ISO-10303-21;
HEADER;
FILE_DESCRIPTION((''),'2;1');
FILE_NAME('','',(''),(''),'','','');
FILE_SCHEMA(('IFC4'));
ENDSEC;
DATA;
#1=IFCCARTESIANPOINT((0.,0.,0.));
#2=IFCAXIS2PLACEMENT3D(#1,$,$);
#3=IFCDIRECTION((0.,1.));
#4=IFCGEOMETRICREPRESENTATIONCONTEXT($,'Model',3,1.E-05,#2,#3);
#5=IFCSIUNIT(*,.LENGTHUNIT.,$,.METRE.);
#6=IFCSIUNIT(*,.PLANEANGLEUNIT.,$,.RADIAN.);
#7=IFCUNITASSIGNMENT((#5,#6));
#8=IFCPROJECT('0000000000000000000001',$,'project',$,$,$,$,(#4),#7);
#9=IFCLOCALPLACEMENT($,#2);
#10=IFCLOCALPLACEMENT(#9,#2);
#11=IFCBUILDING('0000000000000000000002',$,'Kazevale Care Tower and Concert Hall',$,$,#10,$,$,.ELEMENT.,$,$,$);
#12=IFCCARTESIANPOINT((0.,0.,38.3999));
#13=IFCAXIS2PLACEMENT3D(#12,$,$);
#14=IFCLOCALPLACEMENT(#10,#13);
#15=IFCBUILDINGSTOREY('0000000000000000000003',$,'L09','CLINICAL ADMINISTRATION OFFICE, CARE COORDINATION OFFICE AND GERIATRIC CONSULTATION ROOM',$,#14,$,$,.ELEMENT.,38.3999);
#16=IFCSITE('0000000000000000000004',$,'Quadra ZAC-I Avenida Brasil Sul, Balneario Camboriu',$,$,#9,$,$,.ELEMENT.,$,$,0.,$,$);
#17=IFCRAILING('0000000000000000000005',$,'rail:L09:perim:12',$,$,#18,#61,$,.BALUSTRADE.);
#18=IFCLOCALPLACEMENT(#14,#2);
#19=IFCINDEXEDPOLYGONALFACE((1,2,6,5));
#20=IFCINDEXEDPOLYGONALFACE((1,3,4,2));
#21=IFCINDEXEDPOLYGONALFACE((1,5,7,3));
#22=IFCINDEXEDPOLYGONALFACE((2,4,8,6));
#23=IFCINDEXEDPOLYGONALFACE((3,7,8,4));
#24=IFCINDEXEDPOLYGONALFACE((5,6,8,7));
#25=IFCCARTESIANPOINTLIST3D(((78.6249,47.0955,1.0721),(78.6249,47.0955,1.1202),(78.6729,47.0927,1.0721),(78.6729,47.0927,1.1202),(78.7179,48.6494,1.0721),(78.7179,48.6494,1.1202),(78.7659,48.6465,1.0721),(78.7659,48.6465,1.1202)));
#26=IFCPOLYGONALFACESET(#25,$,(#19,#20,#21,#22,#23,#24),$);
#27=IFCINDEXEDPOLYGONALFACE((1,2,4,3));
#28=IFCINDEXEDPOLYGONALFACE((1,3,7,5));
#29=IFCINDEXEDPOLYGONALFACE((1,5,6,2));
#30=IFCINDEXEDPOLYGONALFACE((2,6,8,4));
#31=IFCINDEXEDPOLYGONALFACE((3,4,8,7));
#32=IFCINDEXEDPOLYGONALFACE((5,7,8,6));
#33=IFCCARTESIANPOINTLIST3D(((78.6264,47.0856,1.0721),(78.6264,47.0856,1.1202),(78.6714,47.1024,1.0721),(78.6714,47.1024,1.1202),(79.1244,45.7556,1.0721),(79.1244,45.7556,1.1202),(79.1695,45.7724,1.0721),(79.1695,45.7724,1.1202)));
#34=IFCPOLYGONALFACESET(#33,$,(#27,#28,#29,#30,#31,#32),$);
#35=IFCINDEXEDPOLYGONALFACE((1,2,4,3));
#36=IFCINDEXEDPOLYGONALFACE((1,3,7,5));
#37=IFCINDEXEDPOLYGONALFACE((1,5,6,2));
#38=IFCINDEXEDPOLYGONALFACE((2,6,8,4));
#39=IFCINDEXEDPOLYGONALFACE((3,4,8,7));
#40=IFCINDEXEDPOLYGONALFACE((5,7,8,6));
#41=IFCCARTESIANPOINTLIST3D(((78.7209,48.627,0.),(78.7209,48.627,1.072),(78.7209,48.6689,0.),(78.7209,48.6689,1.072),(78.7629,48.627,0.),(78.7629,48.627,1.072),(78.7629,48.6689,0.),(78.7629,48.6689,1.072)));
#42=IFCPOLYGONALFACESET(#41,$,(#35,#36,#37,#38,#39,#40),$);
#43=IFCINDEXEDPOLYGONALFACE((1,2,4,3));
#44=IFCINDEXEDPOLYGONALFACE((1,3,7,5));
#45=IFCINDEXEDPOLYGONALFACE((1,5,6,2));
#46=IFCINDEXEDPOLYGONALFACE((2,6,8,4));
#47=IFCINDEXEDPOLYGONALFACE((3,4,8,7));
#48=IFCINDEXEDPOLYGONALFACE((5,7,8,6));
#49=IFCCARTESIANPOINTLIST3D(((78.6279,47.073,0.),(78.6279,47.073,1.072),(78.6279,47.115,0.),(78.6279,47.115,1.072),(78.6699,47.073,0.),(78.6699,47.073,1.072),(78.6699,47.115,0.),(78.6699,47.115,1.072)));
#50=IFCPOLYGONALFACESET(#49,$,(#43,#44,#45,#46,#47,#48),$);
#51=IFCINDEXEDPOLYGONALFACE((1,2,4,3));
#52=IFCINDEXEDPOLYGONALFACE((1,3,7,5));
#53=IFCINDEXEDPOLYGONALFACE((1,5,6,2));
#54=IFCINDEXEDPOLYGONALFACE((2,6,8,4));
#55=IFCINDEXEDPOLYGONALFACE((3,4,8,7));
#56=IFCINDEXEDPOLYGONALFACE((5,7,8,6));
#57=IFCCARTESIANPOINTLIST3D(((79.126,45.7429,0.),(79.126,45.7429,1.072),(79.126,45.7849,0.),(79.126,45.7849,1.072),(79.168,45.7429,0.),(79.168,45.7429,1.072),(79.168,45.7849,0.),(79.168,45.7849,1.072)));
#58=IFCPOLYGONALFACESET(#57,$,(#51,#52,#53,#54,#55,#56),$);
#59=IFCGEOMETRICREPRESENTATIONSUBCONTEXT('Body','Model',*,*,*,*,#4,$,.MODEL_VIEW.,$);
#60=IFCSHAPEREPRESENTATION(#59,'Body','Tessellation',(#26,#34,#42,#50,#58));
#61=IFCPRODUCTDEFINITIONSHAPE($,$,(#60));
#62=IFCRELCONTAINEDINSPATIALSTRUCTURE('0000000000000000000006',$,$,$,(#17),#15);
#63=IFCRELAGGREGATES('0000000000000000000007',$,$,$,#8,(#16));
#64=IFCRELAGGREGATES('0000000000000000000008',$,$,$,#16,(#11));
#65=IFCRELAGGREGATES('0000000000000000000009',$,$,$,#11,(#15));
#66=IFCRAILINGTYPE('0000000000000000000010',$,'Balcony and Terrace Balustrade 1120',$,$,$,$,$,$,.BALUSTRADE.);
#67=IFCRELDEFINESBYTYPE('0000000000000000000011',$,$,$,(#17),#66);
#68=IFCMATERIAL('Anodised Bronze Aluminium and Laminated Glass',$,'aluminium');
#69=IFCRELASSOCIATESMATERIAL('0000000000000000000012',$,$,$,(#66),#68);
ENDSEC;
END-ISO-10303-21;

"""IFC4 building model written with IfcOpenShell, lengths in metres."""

from ifc_helpers import new_model, si_unit, direction, frame, origin, origin_2d, place, context, subcontext, project, spatial, rectangle, extrude, material, type_object, element, save


model = new_model("IFC4")

# Units and contexts
model_context = context("Model", 3, precision=1e-05, world=origin(), true_north=direction((0.0, 1.0)))
body_context = subcontext(model_context, "Body", "Model", "MODEL_VIEW")
ifc_project = project(units=[si_unit("LENGTHUNIT", "METRE"), si_unit("PLANEANGLEUNIT", "RADIAN")], contexts=[model_context])

# Site, building, storey
site_placement = place(None, origin())
site = spatial("IfcSite", under=ifc_project, at=site_placement, Name="Quadra ZAC-I Avenida Brasil Sul, Balneario Camboriu", CompositionType="ELEMENT", RefElevation=0.0)
building_placement = place(site_placement, origin())
building = spatial("IfcBuilding", under=site, at=building_placement, Name="Kazevale Care Tower and Concert Hall", CompositionType="ELEMENT")
storey_placement = place(building_placement, frame((0.0, 0.0, 38.3999)))
storey = spatial("IfcBuildingStorey", under=building, at=storey_placement, Name="L09", Description="CLINICAL ADMINISTRATION OFFICE, CARE COORDINATION OFFICE AND GERIATRIC CONSULTATION ROOM", CompositionType="ELEMENT", Elevation=38.3999)

# Railing
ifc_material_1 = material(Name="Anodised Bronze Aluminium and Laminated Glass", Category="aluminium")
railing_type = type_object("IfcRailingType", Name="Balcony and Terrace Balustrade 1120", PredefinedType="BALUSTRADE", material=ifc_material_1)
railing_1_placement = place(storey_placement, frame((78.7419, 48.6479, 0.0)))
element("IfcRailing", 1, at=railing_1_placement, inside=storey, type_object=railing_type, Name="rail:L09:perim:12", PredefinedType="BALUSTRADE", context=body_context, shape_type="SweptSolid", body=[
    extrude(rectangle(XDim=0.0481, YDim=0.0481, at=origin_2d()), frame((0.0, 0.0, 1.0962), z_axis=(-0.059752, -0.998213, 0.0), x_axis=(0.998213, -0.059752, 0.0)), (0.0, 0.0, 1.0), 1.5566),
    extrude(rectangle(XDim=0.0481, YDim=0.0481, at=origin_2d()), frame((-0.093, -1.554, 1.0962), z_axis=(0.350671, -0.936499, 0.0), x_axis=(0.936499, 0.350671, 0.0)), (0.0, 0.0, 1.0), 1.4202),
    extrude(rectangle(XDim=0.042, YDim=0.042, at=origin_2d()), origin(), (0.0, 0.0, 1.0), 1.072),
    extrude(rectangle(XDim=0.042, YDim=0.042, at=origin_2d()), frame((-0.093, -1.554, 0.0)), (0.0, 0.0, 1.0), 1.072),
    extrude(rectangle(XDim=0.042, YDim=0.042, at=origin_2d()), frame((0.405, -2.884, 0.0)), (0.0, 0.0, 1.0), 1.072),
])

save(model, "model.ifc")
